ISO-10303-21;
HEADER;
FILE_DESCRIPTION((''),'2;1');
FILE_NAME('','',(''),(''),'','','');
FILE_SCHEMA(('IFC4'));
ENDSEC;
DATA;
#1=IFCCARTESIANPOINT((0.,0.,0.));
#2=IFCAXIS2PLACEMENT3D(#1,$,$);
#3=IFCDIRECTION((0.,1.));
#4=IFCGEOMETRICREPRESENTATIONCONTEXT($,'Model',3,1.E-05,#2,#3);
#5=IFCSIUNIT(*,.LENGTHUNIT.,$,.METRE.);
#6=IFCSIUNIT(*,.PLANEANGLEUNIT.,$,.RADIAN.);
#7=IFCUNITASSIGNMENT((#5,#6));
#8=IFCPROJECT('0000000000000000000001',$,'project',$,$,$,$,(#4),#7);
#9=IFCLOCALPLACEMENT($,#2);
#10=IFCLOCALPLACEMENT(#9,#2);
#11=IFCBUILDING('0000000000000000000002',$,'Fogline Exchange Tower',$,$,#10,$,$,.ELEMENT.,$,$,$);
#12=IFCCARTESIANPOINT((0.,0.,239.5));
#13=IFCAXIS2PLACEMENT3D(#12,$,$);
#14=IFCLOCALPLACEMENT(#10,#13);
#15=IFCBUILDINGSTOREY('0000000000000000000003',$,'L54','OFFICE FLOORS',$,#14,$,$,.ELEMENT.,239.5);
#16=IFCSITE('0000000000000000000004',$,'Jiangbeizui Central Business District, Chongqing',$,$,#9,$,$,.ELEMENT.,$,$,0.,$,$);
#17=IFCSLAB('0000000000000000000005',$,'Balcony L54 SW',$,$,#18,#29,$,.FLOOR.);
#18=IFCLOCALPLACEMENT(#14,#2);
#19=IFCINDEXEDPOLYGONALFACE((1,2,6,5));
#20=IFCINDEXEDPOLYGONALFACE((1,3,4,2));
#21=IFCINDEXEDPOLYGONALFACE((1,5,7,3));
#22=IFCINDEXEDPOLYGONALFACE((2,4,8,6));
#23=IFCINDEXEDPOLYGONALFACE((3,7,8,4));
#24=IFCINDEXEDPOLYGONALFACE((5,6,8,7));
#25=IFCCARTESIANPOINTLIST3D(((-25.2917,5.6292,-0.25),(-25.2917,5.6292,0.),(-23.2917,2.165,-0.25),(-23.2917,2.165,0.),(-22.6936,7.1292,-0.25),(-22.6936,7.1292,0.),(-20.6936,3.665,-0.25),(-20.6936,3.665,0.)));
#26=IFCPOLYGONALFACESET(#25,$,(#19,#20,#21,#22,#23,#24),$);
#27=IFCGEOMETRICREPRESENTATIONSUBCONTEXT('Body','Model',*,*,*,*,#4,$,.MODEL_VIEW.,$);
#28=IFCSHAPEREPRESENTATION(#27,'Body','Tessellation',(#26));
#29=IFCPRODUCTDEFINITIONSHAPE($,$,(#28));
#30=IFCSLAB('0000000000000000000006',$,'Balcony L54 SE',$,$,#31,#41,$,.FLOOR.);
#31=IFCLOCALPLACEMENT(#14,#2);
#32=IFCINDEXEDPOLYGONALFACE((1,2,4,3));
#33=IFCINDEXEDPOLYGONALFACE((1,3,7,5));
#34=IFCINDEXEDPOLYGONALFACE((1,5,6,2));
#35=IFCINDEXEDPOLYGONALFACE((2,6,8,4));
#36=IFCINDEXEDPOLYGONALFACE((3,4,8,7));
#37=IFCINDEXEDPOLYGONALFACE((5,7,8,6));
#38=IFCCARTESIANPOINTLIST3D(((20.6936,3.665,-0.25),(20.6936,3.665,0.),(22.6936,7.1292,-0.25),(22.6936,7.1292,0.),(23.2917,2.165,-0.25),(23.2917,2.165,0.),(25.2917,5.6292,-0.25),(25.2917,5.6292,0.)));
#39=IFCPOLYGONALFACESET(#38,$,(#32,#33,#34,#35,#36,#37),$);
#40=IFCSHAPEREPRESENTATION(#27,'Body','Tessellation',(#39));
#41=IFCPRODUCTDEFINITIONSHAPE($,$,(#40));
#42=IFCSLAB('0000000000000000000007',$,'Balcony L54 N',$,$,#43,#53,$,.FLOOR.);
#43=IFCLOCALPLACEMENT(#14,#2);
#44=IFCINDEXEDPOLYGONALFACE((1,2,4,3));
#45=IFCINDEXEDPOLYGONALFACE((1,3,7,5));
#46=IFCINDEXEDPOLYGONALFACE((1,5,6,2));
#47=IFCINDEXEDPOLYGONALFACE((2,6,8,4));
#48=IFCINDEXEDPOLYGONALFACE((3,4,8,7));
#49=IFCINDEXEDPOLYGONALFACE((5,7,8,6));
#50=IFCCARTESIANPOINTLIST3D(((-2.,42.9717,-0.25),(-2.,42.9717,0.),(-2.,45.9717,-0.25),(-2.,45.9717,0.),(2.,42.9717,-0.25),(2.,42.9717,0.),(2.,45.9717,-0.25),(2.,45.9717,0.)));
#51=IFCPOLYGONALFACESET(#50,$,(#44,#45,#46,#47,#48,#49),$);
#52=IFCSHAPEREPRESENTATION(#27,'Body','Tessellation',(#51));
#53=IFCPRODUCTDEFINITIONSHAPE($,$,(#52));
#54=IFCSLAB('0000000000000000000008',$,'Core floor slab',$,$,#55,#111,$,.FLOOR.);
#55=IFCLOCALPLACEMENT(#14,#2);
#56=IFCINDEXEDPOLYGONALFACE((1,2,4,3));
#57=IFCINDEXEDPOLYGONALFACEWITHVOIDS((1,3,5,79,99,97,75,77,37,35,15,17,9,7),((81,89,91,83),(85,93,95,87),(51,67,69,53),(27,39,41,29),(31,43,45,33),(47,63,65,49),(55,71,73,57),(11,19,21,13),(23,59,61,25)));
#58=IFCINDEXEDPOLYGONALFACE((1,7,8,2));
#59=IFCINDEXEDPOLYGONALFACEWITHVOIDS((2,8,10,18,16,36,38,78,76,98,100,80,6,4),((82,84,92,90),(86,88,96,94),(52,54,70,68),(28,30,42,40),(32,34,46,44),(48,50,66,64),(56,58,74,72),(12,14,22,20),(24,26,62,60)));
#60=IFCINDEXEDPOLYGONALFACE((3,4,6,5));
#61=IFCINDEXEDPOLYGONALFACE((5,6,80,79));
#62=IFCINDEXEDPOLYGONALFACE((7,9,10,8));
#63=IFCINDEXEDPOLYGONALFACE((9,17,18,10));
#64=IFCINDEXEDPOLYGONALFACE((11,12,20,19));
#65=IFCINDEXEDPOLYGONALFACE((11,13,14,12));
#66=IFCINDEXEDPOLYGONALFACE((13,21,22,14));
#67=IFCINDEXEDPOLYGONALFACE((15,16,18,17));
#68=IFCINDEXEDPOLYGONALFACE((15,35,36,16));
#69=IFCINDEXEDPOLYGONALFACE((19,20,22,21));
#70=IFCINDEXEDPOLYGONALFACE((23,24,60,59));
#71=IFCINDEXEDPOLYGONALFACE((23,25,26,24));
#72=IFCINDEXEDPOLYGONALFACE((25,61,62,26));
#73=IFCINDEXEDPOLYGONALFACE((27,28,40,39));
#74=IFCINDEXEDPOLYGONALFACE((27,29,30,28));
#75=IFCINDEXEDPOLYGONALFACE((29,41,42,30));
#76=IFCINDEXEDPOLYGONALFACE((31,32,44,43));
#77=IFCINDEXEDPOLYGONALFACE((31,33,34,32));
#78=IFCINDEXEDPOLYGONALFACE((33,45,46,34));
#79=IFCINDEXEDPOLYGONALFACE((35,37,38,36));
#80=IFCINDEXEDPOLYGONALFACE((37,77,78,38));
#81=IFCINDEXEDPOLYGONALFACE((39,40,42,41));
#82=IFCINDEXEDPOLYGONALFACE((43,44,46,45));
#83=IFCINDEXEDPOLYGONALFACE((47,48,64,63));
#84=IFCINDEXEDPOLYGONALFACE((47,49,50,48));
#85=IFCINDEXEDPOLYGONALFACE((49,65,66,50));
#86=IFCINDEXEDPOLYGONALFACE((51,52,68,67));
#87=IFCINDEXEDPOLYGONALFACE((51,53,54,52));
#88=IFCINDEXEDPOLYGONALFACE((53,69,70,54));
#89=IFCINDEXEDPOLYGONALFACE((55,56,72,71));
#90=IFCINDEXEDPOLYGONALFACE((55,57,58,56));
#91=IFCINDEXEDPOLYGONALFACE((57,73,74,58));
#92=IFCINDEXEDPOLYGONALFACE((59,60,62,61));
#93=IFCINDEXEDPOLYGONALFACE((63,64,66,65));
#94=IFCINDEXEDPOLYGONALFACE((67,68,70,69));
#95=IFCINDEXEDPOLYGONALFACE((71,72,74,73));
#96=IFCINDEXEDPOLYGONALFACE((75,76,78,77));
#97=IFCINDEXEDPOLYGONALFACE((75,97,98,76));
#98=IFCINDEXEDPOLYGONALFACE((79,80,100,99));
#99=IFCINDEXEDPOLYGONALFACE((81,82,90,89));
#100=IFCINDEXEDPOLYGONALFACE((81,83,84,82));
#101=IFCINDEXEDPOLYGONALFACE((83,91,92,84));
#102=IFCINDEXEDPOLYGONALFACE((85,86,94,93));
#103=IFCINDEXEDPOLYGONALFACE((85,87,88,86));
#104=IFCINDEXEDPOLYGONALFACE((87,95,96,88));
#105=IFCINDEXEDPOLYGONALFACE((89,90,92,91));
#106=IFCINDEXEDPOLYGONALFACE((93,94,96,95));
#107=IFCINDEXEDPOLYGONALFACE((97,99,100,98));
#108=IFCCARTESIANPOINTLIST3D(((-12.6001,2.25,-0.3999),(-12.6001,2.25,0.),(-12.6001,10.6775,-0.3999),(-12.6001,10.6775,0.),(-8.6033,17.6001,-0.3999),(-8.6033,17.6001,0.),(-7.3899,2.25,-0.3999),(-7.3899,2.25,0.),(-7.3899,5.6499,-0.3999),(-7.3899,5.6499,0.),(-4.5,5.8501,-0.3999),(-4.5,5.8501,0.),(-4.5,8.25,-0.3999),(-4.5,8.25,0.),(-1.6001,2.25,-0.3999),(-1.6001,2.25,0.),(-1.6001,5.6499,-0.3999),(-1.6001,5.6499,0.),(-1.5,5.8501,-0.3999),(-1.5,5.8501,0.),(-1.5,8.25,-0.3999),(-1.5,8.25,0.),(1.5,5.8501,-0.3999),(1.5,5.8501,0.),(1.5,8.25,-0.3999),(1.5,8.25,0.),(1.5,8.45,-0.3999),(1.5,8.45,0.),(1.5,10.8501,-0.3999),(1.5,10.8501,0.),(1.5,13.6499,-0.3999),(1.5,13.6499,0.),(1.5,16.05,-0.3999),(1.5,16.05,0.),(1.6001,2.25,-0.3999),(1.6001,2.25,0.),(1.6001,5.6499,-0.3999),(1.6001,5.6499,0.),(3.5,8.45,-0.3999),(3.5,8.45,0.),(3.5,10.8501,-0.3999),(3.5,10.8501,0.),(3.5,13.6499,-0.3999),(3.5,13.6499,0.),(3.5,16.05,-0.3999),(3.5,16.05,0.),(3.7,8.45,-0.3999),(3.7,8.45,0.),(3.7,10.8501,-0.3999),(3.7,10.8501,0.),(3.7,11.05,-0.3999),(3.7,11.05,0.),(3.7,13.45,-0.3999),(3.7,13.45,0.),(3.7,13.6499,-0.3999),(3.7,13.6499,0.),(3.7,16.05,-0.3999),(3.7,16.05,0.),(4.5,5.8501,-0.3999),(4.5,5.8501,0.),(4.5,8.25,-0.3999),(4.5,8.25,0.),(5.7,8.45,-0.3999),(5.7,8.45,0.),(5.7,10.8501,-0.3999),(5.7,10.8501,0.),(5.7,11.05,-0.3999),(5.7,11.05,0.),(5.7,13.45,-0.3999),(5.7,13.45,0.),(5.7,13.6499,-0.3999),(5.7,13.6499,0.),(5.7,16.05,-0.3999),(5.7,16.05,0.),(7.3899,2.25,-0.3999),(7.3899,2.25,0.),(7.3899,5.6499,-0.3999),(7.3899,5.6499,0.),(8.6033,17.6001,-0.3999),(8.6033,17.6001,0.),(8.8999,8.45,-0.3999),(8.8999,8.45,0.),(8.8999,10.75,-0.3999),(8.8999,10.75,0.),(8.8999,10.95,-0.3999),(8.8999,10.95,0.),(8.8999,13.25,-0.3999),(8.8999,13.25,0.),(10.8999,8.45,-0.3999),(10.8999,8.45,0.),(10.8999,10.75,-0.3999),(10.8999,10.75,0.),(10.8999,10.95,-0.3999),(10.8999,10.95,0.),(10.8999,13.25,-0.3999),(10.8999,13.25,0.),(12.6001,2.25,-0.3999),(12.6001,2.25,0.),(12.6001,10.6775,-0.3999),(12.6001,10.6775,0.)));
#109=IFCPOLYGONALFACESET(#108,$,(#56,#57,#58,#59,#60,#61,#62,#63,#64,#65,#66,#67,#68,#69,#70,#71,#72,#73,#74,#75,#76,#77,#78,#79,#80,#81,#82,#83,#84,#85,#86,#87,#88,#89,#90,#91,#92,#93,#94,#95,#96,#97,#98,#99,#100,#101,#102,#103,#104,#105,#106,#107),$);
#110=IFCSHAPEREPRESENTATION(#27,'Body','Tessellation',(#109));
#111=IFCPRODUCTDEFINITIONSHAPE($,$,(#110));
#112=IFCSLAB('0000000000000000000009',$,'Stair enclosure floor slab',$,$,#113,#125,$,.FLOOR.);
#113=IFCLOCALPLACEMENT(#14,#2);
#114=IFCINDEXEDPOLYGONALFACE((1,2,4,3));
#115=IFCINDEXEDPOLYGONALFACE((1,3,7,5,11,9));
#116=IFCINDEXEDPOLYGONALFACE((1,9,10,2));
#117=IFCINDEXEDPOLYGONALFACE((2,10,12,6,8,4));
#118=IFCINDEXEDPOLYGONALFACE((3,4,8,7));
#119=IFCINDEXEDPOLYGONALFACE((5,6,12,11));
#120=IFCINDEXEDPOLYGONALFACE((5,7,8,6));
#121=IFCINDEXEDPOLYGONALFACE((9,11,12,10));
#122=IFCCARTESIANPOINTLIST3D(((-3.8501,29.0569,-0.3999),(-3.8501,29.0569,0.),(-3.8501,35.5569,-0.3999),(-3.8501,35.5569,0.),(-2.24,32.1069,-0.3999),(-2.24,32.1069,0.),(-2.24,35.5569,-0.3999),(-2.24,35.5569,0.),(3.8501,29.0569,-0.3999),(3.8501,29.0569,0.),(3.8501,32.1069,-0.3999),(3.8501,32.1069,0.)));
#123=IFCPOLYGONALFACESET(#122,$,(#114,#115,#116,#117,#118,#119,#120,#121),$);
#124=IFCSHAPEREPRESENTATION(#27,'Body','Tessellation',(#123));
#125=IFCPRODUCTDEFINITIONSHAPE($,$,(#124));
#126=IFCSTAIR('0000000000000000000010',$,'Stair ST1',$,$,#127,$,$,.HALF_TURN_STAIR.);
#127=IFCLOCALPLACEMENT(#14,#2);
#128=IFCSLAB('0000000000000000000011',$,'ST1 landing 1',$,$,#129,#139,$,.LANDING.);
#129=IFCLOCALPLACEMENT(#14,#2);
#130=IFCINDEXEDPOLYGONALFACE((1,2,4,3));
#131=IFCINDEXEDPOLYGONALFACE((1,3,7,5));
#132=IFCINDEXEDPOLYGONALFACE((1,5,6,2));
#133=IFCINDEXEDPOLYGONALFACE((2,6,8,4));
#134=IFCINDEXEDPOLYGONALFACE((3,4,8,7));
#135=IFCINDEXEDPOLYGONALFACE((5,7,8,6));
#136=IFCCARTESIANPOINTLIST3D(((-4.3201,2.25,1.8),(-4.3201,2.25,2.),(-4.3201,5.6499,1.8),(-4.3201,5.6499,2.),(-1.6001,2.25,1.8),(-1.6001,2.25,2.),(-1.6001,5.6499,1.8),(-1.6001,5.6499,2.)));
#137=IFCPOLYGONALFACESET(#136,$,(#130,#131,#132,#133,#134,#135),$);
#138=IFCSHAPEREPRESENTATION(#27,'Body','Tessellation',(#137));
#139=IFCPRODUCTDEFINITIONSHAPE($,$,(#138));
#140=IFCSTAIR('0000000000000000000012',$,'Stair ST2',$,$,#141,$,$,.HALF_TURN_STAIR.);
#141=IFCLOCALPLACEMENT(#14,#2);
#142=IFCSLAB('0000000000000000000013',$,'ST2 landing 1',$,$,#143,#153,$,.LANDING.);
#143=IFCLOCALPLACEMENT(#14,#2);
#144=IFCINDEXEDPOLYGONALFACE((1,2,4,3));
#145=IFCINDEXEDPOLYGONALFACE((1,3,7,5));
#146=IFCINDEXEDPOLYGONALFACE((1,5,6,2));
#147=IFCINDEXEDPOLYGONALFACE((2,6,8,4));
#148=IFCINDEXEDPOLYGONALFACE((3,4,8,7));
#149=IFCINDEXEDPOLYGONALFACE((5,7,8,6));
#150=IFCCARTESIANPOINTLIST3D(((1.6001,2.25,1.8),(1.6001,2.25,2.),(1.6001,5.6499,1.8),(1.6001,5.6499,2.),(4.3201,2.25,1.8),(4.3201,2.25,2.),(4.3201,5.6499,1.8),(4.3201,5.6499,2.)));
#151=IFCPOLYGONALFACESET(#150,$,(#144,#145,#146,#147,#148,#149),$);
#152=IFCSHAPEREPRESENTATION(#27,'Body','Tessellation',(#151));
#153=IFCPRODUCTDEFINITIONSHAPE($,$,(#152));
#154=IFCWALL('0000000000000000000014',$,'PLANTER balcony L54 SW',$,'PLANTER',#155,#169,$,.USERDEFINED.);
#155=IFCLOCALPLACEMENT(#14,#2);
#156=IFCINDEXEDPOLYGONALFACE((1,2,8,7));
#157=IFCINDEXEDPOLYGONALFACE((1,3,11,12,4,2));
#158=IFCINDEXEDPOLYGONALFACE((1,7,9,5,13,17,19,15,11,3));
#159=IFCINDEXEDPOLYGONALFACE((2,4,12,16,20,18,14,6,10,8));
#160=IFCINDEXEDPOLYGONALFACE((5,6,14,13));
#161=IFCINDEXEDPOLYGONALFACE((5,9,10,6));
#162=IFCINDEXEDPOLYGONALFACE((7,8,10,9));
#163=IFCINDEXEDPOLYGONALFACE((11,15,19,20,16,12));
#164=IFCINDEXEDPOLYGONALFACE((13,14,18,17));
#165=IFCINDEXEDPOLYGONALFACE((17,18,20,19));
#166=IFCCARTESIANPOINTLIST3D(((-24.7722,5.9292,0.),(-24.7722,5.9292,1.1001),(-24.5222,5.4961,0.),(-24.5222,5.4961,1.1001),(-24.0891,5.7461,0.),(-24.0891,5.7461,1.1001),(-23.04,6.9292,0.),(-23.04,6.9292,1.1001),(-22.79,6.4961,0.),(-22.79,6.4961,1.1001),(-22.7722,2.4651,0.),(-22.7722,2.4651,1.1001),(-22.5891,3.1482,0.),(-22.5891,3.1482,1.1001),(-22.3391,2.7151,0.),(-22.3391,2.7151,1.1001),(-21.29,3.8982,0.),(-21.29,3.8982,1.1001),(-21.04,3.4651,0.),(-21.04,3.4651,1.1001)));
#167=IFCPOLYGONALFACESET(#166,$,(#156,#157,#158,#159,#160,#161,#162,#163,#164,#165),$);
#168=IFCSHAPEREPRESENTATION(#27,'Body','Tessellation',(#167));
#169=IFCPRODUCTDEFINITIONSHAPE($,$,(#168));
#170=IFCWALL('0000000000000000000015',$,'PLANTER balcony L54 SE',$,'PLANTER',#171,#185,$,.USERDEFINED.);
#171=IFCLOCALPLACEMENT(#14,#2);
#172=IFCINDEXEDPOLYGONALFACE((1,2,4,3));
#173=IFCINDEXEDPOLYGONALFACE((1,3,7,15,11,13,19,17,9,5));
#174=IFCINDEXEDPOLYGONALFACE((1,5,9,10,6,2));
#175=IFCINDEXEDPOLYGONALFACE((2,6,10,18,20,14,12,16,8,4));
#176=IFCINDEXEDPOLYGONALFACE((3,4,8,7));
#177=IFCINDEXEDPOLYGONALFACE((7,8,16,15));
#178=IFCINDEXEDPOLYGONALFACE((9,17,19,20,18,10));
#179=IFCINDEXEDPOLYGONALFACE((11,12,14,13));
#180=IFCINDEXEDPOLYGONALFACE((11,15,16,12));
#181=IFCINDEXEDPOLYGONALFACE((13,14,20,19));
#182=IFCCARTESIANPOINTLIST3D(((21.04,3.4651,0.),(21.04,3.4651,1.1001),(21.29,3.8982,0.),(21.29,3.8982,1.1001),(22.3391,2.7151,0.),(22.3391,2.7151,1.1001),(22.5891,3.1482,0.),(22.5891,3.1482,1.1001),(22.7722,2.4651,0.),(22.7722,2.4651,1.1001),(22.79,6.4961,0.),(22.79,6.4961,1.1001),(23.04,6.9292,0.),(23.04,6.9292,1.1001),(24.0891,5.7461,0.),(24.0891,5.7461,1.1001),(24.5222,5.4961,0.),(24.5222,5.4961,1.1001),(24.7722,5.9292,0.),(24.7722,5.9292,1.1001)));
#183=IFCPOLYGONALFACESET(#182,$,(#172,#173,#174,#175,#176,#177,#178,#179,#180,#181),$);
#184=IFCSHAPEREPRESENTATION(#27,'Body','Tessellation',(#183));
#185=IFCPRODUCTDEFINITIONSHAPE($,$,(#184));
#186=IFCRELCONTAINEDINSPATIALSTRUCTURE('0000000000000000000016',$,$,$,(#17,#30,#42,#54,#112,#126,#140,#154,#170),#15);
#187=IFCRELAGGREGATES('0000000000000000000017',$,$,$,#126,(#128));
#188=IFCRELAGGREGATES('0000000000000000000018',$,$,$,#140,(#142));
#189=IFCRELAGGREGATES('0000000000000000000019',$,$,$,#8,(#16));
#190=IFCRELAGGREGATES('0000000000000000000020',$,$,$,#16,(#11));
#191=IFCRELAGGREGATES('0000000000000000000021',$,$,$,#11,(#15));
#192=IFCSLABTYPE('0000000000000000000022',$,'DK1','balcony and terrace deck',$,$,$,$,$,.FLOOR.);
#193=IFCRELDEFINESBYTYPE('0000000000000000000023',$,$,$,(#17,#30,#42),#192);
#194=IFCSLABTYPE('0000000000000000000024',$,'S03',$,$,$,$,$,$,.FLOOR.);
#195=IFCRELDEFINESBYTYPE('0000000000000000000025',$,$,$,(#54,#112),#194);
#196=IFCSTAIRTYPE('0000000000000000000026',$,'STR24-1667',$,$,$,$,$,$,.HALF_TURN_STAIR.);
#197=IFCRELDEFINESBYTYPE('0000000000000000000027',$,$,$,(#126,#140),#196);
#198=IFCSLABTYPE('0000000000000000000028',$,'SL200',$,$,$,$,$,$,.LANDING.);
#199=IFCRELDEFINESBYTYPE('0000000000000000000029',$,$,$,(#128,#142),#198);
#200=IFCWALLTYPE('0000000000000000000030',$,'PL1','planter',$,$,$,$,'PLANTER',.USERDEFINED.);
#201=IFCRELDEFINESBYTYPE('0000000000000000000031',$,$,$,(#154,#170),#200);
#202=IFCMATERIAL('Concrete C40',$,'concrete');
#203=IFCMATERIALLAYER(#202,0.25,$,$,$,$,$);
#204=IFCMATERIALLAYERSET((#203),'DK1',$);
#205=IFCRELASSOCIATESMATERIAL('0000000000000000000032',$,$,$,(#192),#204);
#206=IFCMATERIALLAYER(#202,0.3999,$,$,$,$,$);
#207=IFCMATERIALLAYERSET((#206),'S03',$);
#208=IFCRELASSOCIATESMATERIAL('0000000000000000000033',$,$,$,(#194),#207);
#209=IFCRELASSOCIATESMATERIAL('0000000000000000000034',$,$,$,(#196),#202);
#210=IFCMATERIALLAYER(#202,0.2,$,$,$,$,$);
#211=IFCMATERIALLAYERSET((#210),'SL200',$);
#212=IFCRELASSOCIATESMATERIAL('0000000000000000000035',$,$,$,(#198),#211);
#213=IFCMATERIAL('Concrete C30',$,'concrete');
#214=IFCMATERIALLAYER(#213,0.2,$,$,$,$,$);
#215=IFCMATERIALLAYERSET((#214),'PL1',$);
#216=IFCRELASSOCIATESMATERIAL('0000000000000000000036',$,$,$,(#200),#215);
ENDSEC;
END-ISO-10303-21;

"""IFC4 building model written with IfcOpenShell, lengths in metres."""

from ifc_helpers import new_model, si_unit, direction, frame, origin, place, context, subcontext, project, spatial, polyline, outline, extrude, material, layer, layer_set, type_object, element, aggregate, save


model = new_model("IFC4")

# Units and contexts
model_context = context("Model", 3, precision=1e-05, world=origin(), true_north=direction((0.0, 1.0)))
body_context = subcontext(model_context, "Body", "Model", "MODEL_VIEW")
ifc_project = project(units=[si_unit("LENGTHUNIT", "METRE"), si_unit("PLANEANGLEUNIT", "RADIAN")], contexts=[model_context])

# Site, building, storey
site_placement = place(None, origin())
site = spatial("IfcSite", under=ifc_project, at=site_placement, Name="Jiangbeizui Central Business District, Chongqing", CompositionType="ELEMENT", RefElevation=0.0)
building_placement = place(site_placement, origin())
building = spatial("IfcBuilding", under=site, at=building_placement, Name="Fogline Exchange Tower", CompositionType="ELEMENT")
storey_placement = place(building_placement, frame((0.0, 0.0, 239.5)))
storey = spatial("IfcBuildingStorey", under=building, at=storey_placement, Name="L54", Description="OFFICE FLOORS", CompositionType="ELEMENT", Elevation=239.5)

# Slabs
ifc_material_1 = material(Name="Concrete C40", Category="concrete")
ifc_layer_1 = layer(ifc_material_1, 0.25)
ifc_layer_set_1 = layer_set([ifc_layer_1], Name="DK1")
slab_type_1 = type_object("IfcSlabType", Name="DK1", Description="balcony and terrace deck", PredefinedType="FLOOR", material=ifc_layer_set_1)
slab_1_placement = place(storey_placement, frame((0.0, 0.0, -0.25)))
element("IfcSlab", 1, at=slab_1_placement, inside=storey, type_object=slab_type_1, Name="Balcony L54 SW", PredefinedType="FLOOR", context=body_context, shape_type="SweptSolid", body=[
    extrude(outline(polyline([(-25.2917, 5.6292), (-23.2917, 2.165), (-20.6936, 3.665), (-22.6936, 7.1292), (-25.2917, 5.6292)])), origin(), (0.0, 0.0, 1.0), 0.25),
])
slab_2_placement = place(storey_placement, frame((0.0, 0.0, -0.25)))
element("IfcSlab", 2, at=slab_2_placement, inside=storey, type_object=slab_type_1, Name="Balcony L54 SE", PredefinedType="FLOOR", context=body_context, shape_type="SweptSolid", body=[
    extrude(outline(polyline([(23.2917, 2.165), (25.2917, 5.6292), (22.6936, 7.1292), (20.6936, 3.665), (23.2917, 2.165)])), origin(), (0.0, 0.0, 1.0), 0.25),
])
slab_3_placement = place(storey_placement, frame((0.0, 0.0, -0.25)))
element("IfcSlab", 3, at=slab_3_placement, inside=storey, type_object=slab_type_1, Name="Balcony L54 N", PredefinedType="FLOOR", context=body_context, shape_type="SweptSolid", body=[
    extrude(outline(polyline([(2.0, 45.9717), (-2.0, 45.9717), (-2.0, 42.9717), (2.0, 42.9717), (2.0, 45.9717)])), origin(), (0.0, 0.0, 1.0), 0.25),
])
ifc_layer_2 = layer(ifc_material_1, 0.3999)
ifc_layer_set_2 = layer_set([ifc_layer_2], Name="S03")
slab_type_2 = type_object("IfcSlabType", Name="S03", PredefinedType="FLOOR", material=ifc_layer_set_2)
slab_4_placement = place(storey_placement, frame((0.0, 0.0, -0.3999)))
element("IfcSlab", 4, at=slab_4_placement, inside=storey, type_object=slab_type_2, Name="Core floor slab", PredefinedType="FLOOR", context=body_context, shape_type="SweptSolid", body=[
    extrude(outline(polyline([(-12.6001, 2.25), (-12.6001, 10.6775), (-8.6033, 17.6001), (8.6033, 17.6001), (12.6001, 10.6775), (12.6001, 2.25), (7.3899, 2.25), (7.3899, 5.6499), (1.6001, 5.6499), (1.6001, 2.25), (-1.6001, 2.25), (-1.6001, 5.6499), (-7.3899, 5.6499), (-7.3899, 2.25), (-12.6001, 2.25)]), holes=[polyline([(-4.5, 8.25), (-4.5, 5.8501), (-1.5, 5.8501), (-1.5, 8.25), (-4.5, 8.25)]), polyline([(4.5, 8.25), (1.5, 8.25), (1.5, 5.8501), (4.5, 5.8501), (4.5, 8.25)]), polyline([(3.5, 10.8501), (1.5, 10.8501), (1.5, 8.45), (3.5, 8.45), (3.5, 10.8501)]), polyline([(1.5, 16.05), (1.5, 13.6499), (3.5, 13.6499), (3.5, 16.05), (1.5, 16.05)]), polyline([(10.8999, 10.75), (8.8999, 10.75), (8.8999, 8.45), (10.8999, 8.45), (10.8999, 10.75)]), polyline([(5.7, 10.8501), (3.7, 10.8501), (3.7, 8.45), (5.7, 8.45), (5.7, 10.8501)]), polyline([(8.8999, 13.25), (8.8999, 10.95), (10.8999, 10.95), (10.8999, 13.25), (8.8999, 13.25)]), polyline([(5.7, 13.45), (3.7, 13.45), (3.7, 11.05), (5.7, 11.05), (5.7, 13.45)]), polyline([(5.7, 16.05), (3.7, 16.05), (3.7, 13.6499), (5.7, 13.6499), (5.7, 16.05)])]), origin(), (0.0, 0.0, 1.0), 0.3999),
])
slab_5_placement = place(storey_placement, frame((0.0, 0.0, -0.3999)))
element("IfcSlab", 5, at=slab_5_placement, inside=storey, type_object=slab_type_2, Name="Stair enclosure floor slab", PredefinedType="FLOOR", context=body_context, shape_type="SweptSolid", body=[
    extrude(outline(polyline([(3.8501, 29.0569), (-3.8501, 29.0569), (-3.8501, 35.5569), (-2.24, 35.5569), (-2.24, 32.1069), (3.8501, 32.1069), (3.8501, 29.0569)])), origin(), (0.0, 0.0, 1.0), 0.3999),
])

# Stairs, slabs
stair_type = type_object("IfcStairType", Name="STR24-1667", PredefinedType="HALF_TURN_STAIR", material=ifc_material_1)
stair_1_placement = place(storey_placement, origin())
stair_1 = element("IfcStair", 6, at=stair_1_placement, inside=storey, type_object=stair_type, Name="Stair ST1", PredefinedType="HALF_TURN_STAIR")
ifc_layer_3 = layer(ifc_material_1, 0.2)
ifc_layer_set_3 = layer_set([ifc_layer_3], Name="SL200")
slab_type_3 = type_object("IfcSlabType", Name="SL200", PredefinedType="LANDING", material=ifc_layer_set_3)
slab_6_placement = place(storey_placement, frame((0.0, 0.0, 1.8)))
slab_6 = element("IfcSlab", 7, at=slab_6_placement, type_object=slab_type_3, Name="ST1 landing 1", PredefinedType="LANDING", context=body_context, shape_type="SweptSolid", body=[
    extrude(outline(polyline([(-4.3201, 2.25), (-1.6001, 2.25), (-1.6001, 5.6499), (-4.3201, 5.6499), (-4.3201, 2.25)])), origin(), (0.0, 0.0, 1.0), 0.2),
])
aggregate(stair_1, [slab_6])
stair_2_placement = place(storey_placement, origin())
stair_2 = element("IfcStair", 8, at=stair_2_placement, inside=storey, type_object=stair_type, Name="Stair ST2", PredefinedType="HALF_TURN_STAIR")
slab_7_placement = place(storey_placement, frame((0.0, 0.0, 1.8)))
slab_7 = element("IfcSlab", 9, at=slab_7_placement, type_object=slab_type_3, Name="ST2 landing 1", PredefinedType="LANDING", context=body_context, shape_type="SweptSolid", body=[
    extrude(outline(polyline([(1.6001, 2.25), (4.3201, 2.25), (4.3201, 5.6499), (1.6001, 5.6499), (1.6001, 2.25)])), origin(), (0.0, 0.0, 1.0), 0.2),
])
aggregate(stair_2, [slab_7])

# Walls
ifc_material_2 = material(Name="Concrete C30", Category="concrete")
ifc_layer_4 = layer(ifc_material_2, 0.2)
ifc_layer_set_4 = layer_set([ifc_layer_4], Name="PL1")
wall_type = type_object("IfcWallType", Name="PL1", Description="planter", ElementType="PLANTER", PredefinedType="USERDEFINED", material=ifc_layer_set_4)
wall_1_placement = place(storey_placement, origin())
element("IfcWall", 10, at=wall_1_placement, inside=storey, type_object=wall_type, Name="PLANTER balcony L54 SW", ObjectType="PLANTER", PredefinedType="USERDEFINED", context=body_context, shape_type="SweptSolid", body=[
    extrude(outline(polyline([(-21.29, 3.8982), (-22.5891, 3.1482), (-24.0891, 5.7461), (-22.79, 6.4961), (-23.04, 6.9292), (-24.7722, 5.9292), (-24.5222, 5.4961), (-22.7722, 2.4651), (-22.3391, 2.7151), (-22.3391, 2.7151), (-21.04, 3.4651), (-21.29, 3.8982)])), origin(), (0.0, 0.0, 1.0), 1.1001),
])
wall_2_placement = place(storey_placement, origin())
element("IfcWall", 11, at=wall_2_placement, inside=storey, type_object=wall_type, Name="PLANTER balcony L54 SE", ObjectType="PLANTER", PredefinedType="USERDEFINED", context=body_context, shape_type="SweptSolid", body=[
    extrude(outline(polyline([(21.04, 3.4651), (22.3391, 2.7151), (22.3391, 2.7151), (22.7722, 2.4651), (24.5222, 5.4961), (24.7722, 5.9292), (23.04, 6.9292), (22.79, 6.4961), (24.0891, 5.7461), (22.5891, 3.1482), (21.29, 3.8982), (21.04, 3.4651)])), origin(), (0.0, 0.0, 1.0), 1.1001),
])

save(model, "model.ifc")
